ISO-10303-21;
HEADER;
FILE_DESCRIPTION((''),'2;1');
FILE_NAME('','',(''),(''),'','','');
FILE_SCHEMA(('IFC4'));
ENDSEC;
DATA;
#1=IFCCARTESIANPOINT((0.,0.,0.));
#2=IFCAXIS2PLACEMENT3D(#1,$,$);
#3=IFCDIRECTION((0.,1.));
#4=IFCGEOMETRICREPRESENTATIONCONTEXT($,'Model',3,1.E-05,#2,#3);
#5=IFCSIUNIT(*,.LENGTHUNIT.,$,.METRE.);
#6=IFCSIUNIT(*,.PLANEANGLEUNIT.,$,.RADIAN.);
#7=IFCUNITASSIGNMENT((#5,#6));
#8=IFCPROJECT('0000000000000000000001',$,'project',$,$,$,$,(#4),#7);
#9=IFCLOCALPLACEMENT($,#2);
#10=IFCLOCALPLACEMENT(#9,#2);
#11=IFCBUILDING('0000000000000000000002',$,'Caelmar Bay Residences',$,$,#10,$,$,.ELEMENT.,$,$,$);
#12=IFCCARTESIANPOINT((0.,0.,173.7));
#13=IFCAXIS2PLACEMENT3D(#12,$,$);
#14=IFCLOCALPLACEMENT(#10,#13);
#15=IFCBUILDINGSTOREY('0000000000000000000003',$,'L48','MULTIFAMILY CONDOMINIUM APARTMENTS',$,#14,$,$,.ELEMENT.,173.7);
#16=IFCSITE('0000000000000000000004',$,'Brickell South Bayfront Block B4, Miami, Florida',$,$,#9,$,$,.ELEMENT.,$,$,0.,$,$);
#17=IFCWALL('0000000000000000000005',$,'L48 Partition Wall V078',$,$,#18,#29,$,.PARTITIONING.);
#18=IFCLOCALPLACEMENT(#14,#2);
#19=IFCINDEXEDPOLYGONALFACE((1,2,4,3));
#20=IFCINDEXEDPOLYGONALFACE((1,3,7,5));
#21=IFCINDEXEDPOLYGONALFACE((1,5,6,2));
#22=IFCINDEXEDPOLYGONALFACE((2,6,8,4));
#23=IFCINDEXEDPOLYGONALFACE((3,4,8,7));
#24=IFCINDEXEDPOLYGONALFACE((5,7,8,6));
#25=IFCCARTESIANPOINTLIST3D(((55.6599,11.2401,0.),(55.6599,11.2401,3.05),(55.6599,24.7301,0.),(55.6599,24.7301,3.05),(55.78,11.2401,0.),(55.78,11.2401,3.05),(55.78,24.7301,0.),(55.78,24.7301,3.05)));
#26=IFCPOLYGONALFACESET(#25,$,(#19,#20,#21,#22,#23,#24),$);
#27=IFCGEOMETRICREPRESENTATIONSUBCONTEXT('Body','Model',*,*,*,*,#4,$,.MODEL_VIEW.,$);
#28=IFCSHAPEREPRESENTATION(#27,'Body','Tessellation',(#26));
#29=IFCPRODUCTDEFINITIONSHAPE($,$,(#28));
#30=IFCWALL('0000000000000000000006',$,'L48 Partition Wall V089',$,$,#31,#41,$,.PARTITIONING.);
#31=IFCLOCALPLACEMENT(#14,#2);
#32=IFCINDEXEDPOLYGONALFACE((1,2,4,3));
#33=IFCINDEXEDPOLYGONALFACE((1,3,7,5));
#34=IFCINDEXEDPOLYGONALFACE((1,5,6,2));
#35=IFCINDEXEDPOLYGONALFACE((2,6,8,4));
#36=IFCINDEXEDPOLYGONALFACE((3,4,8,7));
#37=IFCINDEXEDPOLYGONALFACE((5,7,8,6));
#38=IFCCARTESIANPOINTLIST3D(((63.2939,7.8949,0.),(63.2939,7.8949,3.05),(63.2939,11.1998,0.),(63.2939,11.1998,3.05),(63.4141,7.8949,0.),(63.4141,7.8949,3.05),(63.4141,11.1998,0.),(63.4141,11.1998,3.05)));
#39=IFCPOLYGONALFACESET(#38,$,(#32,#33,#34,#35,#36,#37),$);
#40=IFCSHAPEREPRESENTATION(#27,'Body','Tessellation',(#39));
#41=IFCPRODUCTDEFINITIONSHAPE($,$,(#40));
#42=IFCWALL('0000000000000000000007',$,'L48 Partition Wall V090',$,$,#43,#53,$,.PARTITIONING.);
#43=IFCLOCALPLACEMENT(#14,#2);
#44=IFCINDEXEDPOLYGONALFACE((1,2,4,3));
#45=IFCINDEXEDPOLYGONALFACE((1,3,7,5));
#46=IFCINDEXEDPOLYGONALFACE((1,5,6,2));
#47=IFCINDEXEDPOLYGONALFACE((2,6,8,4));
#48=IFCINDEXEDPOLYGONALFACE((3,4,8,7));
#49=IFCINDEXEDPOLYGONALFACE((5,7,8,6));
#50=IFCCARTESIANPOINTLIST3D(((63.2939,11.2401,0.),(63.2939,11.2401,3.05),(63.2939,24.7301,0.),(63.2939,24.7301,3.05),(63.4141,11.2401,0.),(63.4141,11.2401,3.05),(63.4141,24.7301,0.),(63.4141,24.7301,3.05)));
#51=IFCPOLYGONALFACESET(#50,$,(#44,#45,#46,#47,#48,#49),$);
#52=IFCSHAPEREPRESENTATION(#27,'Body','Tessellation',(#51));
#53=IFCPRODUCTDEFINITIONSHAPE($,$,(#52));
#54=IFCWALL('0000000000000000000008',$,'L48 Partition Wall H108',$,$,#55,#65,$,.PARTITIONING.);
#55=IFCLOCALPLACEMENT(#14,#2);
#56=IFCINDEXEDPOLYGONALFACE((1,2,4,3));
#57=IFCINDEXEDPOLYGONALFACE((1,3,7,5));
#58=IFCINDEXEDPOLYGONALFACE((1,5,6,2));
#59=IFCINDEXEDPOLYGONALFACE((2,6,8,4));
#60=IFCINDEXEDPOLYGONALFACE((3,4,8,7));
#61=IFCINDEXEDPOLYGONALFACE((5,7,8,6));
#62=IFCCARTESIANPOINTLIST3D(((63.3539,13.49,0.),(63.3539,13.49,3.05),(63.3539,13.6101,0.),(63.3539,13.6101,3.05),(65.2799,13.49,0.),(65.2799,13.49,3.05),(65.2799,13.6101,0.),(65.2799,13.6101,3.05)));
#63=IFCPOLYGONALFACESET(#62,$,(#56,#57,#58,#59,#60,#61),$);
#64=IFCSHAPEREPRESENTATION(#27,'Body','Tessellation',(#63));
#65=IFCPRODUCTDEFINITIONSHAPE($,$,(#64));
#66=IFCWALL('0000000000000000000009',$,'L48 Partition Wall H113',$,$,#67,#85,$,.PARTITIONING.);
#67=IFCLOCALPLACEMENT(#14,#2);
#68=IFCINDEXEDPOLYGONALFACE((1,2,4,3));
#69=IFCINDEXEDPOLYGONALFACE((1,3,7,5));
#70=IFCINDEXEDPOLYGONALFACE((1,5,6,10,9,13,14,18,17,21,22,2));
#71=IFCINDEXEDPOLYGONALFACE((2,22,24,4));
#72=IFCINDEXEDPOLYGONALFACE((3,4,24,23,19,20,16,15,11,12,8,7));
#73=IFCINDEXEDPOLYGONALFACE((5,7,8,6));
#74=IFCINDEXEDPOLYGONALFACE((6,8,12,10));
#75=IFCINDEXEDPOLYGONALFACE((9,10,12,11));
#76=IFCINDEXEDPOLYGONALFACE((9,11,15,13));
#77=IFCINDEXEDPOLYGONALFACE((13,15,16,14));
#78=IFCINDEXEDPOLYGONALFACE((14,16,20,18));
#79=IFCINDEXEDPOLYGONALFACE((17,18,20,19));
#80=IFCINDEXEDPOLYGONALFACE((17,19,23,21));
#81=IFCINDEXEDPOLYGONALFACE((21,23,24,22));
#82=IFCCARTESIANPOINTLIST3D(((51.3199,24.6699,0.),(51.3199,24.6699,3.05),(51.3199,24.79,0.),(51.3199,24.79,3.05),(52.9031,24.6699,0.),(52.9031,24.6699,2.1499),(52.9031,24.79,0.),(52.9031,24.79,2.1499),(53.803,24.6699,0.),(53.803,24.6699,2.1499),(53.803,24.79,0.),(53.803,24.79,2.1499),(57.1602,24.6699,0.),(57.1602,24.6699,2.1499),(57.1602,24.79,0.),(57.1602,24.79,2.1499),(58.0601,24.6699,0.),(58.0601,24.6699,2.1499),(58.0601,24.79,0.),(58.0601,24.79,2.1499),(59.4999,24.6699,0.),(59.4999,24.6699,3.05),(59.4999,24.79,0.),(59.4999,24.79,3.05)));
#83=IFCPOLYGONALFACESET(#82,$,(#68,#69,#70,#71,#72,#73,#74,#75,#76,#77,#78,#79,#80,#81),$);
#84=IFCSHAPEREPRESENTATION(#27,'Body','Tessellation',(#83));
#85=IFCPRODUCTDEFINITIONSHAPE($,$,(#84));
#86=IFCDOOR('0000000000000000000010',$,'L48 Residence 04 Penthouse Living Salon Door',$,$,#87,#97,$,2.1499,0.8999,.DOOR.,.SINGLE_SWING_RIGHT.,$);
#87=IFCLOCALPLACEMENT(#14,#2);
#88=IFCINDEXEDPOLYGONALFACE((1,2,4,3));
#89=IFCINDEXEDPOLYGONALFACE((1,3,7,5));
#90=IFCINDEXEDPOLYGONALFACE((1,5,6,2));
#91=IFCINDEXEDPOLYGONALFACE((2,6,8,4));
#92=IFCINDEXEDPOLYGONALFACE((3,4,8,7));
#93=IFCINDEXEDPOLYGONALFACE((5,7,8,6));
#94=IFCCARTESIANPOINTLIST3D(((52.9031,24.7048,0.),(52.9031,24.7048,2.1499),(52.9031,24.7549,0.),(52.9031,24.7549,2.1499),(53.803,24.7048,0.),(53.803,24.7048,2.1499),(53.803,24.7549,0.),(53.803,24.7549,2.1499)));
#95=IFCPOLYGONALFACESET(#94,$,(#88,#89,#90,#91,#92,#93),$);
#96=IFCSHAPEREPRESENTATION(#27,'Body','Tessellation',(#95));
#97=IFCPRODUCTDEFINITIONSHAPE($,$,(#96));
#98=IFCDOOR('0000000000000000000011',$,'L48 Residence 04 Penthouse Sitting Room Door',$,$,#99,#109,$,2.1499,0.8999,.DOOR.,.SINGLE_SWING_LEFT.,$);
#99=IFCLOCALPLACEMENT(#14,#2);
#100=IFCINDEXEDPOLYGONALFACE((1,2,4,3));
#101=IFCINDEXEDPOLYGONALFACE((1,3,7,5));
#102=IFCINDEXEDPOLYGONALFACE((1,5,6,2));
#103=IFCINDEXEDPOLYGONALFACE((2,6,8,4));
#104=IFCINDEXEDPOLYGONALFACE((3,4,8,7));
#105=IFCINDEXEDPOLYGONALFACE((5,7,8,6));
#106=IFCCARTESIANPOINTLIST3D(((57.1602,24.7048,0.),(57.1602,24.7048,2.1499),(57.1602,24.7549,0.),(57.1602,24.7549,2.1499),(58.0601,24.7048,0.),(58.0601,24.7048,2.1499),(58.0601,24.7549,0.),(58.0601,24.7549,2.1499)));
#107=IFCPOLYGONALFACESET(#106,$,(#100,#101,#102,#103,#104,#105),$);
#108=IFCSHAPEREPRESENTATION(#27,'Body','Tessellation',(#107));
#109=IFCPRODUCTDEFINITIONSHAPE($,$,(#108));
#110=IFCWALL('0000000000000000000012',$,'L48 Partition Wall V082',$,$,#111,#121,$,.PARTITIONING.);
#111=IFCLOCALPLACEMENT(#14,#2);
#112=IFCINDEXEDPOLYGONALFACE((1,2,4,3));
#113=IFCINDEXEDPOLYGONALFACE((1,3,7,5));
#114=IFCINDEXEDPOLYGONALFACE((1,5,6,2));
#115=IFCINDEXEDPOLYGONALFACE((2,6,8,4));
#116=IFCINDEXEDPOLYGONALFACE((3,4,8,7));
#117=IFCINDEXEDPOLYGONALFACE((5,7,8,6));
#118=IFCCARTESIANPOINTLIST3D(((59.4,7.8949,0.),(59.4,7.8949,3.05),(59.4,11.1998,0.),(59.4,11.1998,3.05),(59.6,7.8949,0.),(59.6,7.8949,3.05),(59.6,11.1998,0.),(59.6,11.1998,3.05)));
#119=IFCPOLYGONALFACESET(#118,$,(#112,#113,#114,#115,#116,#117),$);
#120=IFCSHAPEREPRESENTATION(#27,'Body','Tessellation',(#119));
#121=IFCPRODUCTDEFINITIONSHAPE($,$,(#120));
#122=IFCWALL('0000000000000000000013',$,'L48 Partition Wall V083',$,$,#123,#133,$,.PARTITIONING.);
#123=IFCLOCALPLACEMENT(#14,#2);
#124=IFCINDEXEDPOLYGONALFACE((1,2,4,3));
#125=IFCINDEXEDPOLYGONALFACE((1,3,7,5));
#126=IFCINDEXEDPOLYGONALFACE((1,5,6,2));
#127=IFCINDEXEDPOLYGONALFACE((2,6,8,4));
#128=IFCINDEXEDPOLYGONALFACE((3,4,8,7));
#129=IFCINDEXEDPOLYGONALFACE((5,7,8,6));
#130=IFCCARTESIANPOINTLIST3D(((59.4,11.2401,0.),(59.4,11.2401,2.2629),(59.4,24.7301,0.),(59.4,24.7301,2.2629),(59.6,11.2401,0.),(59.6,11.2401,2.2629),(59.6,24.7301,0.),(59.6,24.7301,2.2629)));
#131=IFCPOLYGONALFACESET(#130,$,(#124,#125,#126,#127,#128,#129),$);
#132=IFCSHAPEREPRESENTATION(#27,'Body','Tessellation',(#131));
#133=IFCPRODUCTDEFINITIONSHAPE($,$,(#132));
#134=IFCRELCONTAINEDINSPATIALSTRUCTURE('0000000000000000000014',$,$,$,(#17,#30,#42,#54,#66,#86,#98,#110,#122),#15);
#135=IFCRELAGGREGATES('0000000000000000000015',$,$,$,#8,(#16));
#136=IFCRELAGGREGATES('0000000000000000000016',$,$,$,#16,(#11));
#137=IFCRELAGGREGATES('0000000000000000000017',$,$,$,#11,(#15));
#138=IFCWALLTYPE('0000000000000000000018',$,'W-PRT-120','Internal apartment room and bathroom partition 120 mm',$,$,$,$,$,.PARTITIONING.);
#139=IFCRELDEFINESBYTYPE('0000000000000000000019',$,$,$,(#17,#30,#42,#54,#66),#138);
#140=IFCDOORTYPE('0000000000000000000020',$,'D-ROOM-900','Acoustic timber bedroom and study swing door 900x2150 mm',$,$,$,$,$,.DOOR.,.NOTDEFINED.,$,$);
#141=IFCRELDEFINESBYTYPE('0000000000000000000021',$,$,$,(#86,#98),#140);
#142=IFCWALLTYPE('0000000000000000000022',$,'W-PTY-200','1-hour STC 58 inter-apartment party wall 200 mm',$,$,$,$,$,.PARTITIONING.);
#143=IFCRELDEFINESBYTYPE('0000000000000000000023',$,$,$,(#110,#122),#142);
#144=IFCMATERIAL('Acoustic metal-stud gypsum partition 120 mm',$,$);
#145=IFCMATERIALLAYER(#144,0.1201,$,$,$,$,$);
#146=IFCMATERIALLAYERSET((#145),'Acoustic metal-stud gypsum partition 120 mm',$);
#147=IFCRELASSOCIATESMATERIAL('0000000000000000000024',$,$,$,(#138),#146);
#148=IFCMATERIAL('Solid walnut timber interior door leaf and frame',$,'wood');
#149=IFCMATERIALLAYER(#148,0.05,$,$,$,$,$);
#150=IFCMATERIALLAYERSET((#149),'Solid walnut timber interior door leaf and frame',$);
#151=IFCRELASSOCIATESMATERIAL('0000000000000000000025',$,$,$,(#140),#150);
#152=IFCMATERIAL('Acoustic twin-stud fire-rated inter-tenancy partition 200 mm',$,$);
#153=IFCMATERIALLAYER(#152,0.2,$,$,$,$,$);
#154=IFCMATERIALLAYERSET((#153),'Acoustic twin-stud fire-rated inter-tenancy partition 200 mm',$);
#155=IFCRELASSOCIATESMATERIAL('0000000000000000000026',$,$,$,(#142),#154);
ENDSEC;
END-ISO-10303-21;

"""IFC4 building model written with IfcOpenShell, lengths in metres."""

from ifc_helpers import new_model, si_unit, direction, frame, frame_2d, origin, place, context, subcontext, project, spatial, rectangle, extrude, material, layer, layer_set, type_object, element, fill, save


model = new_model("IFC4")

# Units and contexts
model_context = context("Model", 3, precision=1e-05, world=origin(), true_north=direction((0.0, 1.0)))
body_context = subcontext(model_context, "Body", "Model", "MODEL_VIEW")
ifc_project = project(units=[si_unit("LENGTHUNIT", "METRE"), si_unit("PLANEANGLEUNIT", "RADIAN")], contexts=[model_context])

# Site, building, storey
site_placement = place(None, origin())
site = spatial("IfcSite", under=ifc_project, at=site_placement, Name="Brickell South Bayfront Block B4, Miami, Florida", CompositionType="ELEMENT", RefElevation=0.0)
building_placement = place(site_placement, origin())
building = spatial("IfcBuilding", under=site, at=building_placement, Name="Caelmar Bay Residences", CompositionType="ELEMENT")
storey_placement = place(building_placement, frame((0.0, 0.0, 173.7)))
storey = spatial("IfcBuildingStorey", under=building, at=storey_placement, Name="L48", Description="MULTIFAMILY CONDOMINIUM APARTMENTS", CompositionType="ELEMENT", Elevation=173.7)

# Walls
ifc_material_1 = material(Name="Acoustic metal-stud gypsum partition 120 mm")
ifc_layer_1 = layer(ifc_material_1, 0.1201)
ifc_layer_set_1 = layer_set([ifc_layer_1], Name="Acoustic metal-stud gypsum partition 120 mm")
wall_type_1 = type_object("IfcWallType", Name="W-PRT-120", Description="Internal apartment room and bathroom partition 120 mm", PredefinedType="PARTITIONING", material=ifc_layer_set_1)
wall_1_placement = place(storey_placement, frame((55.72, 11.24, 0.0), z_axis=(0.0, 0.0, 1.0), x_axis=(0.0, 1.0, 0.0)))
element("IfcWall", 1, at=wall_1_placement, inside=storey, type_object=wall_type_1, Name="L48 Partition Wall V078", PredefinedType="PARTITIONING", context=body_context, shape_type="SweptSolid", body=[
    extrude(rectangle(XDim=13.49, YDim=0.1201, at=frame_2d((6.7451, 0.0))), origin(), (0.0, 0.0, 1.0), 3.05),
])
wall_2_placement = place(storey_placement, frame((63.354, 7.895, 0.0), z_axis=(0.0, 0.0, 1.0), x_axis=(0.0, 1.0, 0.0)))
element("IfcWall", 2, at=wall_2_placement, inside=storey, type_object=wall_type_1, Name="L48 Partition Wall V089", PredefinedType="PARTITIONING", context=body_context, shape_type="SweptSolid", body=[
    extrude(rectangle(XDim=3.3049, YDim=0.1201, at=frame_2d((1.6523, 0.0))), origin(), (0.0, 0.0, 1.0), 3.05),
])
wall_3_placement = place(storey_placement, frame((63.354, 11.24, 0.0), z_axis=(0.0, 0.0, 1.0), x_axis=(0.0, 1.0, 0.0)))
element("IfcWall", 3, at=wall_3_placement, inside=storey, type_object=wall_type_1, Name="L48 Partition Wall V090", PredefinedType="PARTITIONING", context=body_context, shape_type="SweptSolid", body=[
    extrude(rectangle(XDim=13.49, YDim=0.1201, at=frame_2d((6.7451, 0.0))), origin(), (0.0, 0.0, 1.0), 3.05),
])

# Shared definitions
ifc_material_2 = material(Name="Solid walnut timber interior door leaf and frame", Category="wood")
ifc_layer_2 = layer(ifc_material_2, 0.05)
ifc_layer_set_2 = layer_set([ifc_layer_2], Name="Solid walnut timber interior door leaf and frame")
door_type = type_object("IfcDoorType", Name="D-ROOM-900", Description="Acoustic timber bedroom and study swing door 900x2150 mm", OperationType="NOTDEFINED", PredefinedType="DOOR", material=ifc_layer_set_2)

# Wall
wall_4_placement = place(storey_placement, frame((63.354, 13.55, 0.0), z_axis=(0.0, 0.0, 1.0), x_axis=(1.0, 0.0, 0.0)))
element("IfcWall", 4, at=wall_4_placement, inside=storey, type_object=wall_type_1, Name="L48 Partition Wall H108", PredefinedType="PARTITIONING", context=body_context, shape_type="SweptSolid", body=[
    extrude(rectangle(XDim=1.926, YDim=0.1201, at=frame_2d((0.9629, 0.0))), origin(), (0.0, 0.0, 1.0), 3.05),
])

# Wall, openings, doors
wall_5_placement = place(storey_placement, frame((51.3201, 24.73, 0.0), z_axis=(0.0, 0.0, 1.0), x_axis=(1.0, 0.0, 0.0)))
wall_5 = element("IfcWall", 5, at=wall_5_placement, inside=storey, type_object=wall_type_1, Name="L48 Partition Wall H113", PredefinedType="PARTITIONING", context=body_context, shape_type="SweptSolid", body=[
    extrude(rectangle(XDim=8.1799, YDim=0.1201, at=frame_2d((4.0898, 0.0))), origin(), (0.0, 0.0, 1.0), 3.05),
])
opening_1_placement = place(wall_5_placement, frame((1.583, 0.0, 0.0)))
opening_1 = element("IfcOpeningElement", 6, at=opening_1_placement, cuts=wall_5, PredefinedType="OPENING", context=body_context, shape_type="SweptSolid", body=[
    extrude(rectangle(XDim=0.8999, YDim=2.1499, at=frame_2d((0.45, 1.075))), frame((0.0, 0.0701, 0.0), z_axis=(0.0, -1.0, 0.0), x_axis=(1.0, 0.0, 0.0)), (0.0, 0.0, 1.0), 0.1401),
])
opening_2_placement = place(wall_5_placement, frame((5.8401, 0.0, 0.0)))
opening_2 = element("IfcOpeningElement", 7, at=opening_2_placement, cuts=wall_5, PredefinedType="OPENING", context=body_context, shape_type="SweptSolid", body=[
    extrude(rectangle(XDim=0.8999, YDim=2.1499, at=frame_2d((0.45, 1.075))), frame((0.0, 0.0701, 0.0), z_axis=(0.0, -1.0, 0.0), x_axis=(1.0, 0.0, 0.0)), (0.0, 0.0, 1.0), 0.1401),
])
door_1_placement = place(opening_1_placement, origin())
door_1 = element("IfcDoor", 8, at=door_1_placement, inside=storey, type_object=door_type, Name="L48 Residence 04 Penthouse Living Salon Door", OperationType="SINGLE_SWING_RIGHT", OverallHeight=2.1499, OverallWidth=0.8999, PredefinedType="DOOR", context=body_context, shape_type="SweptSolid", body=[
    extrude(rectangle(XDim=0.8999, YDim=2.1499, at=frame_2d((0.45, 1.075))), frame((0.0, 0.0249, 0.0), z_axis=(0.0, -1.0, 0.0), x_axis=(1.0, 0.0, 0.0)), (0.0, 0.0, 1.0), 0.05),
])
fill(opening_1, door_1)
door_2_placement = place(opening_2_placement, origin())
door_2 = element("IfcDoor", 9, at=door_2_placement, inside=storey, type_object=door_type, Name="L48 Residence 04 Penthouse Sitting Room Door", OperationType="SINGLE_SWING_LEFT", OverallHeight=2.1499, OverallWidth=0.8999, PredefinedType="DOOR", context=body_context, shape_type="SweptSolid", body=[
    extrude(rectangle(XDim=0.8999, YDim=2.1499, at=frame_2d((0.45, 1.075))), frame((0.0, 0.0249, 0.0), z_axis=(0.0, -1.0, 0.0), x_axis=(1.0, 0.0, 0.0)), (0.0, 0.0, 1.0), 0.05),
])
fill(opening_2, door_2)

# Walls
ifc_material_3 = material(Name="Acoustic twin-stud fire-rated inter-tenancy partition 200 mm")
ifc_layer_3 = layer(ifc_material_3, 0.2)
ifc_layer_set_3 = layer_set([ifc_layer_3], Name="Acoustic twin-stud fire-rated inter-tenancy partition 200 mm")
wall_type_2 = type_object("IfcWallType", Name="W-PTY-200", Description="1-hour STC 58 inter-apartment party wall 200 mm", PredefinedType="PARTITIONING", material=ifc_layer_set_3)
wall_6_placement = place(storey_placement, frame((59.5, 7.895, 0.0), z_axis=(0.0, 0.0, 1.0), x_axis=(0.0, 1.0, 0.0)))
element("IfcWall", 10, at=wall_6_placement, inside=storey, type_object=wall_type_2, Name="L48 Partition Wall V082", PredefinedType="PARTITIONING", context=body_context, shape_type="SweptSolid", body=[
    extrude(rectangle(XDim=3.3049, YDim=0.2, at=frame_2d((1.6523, 0.0))), origin(), (0.0, 0.0, 1.0), 3.05),
])
wall_7_placement = place(storey_placement, frame((59.5, 11.24, 0.0), z_axis=(0.0, 0.0, 1.0), x_axis=(0.0, 1.0, 0.0)))
element("IfcWall", 11, at=wall_7_placement, inside=storey, type_object=wall_type_2, Name="L48 Partition Wall V083", PredefinedType="PARTITIONING", context=body_context, shape_type="SweptSolid", body=[
    extrude(rectangle(XDim=13.49, YDim=0.2, at=frame_2d((6.7451, 0.0))), origin(), (0.0, 0.0, 1.0), 2.2629),
])

save(model, "model.ifc")
